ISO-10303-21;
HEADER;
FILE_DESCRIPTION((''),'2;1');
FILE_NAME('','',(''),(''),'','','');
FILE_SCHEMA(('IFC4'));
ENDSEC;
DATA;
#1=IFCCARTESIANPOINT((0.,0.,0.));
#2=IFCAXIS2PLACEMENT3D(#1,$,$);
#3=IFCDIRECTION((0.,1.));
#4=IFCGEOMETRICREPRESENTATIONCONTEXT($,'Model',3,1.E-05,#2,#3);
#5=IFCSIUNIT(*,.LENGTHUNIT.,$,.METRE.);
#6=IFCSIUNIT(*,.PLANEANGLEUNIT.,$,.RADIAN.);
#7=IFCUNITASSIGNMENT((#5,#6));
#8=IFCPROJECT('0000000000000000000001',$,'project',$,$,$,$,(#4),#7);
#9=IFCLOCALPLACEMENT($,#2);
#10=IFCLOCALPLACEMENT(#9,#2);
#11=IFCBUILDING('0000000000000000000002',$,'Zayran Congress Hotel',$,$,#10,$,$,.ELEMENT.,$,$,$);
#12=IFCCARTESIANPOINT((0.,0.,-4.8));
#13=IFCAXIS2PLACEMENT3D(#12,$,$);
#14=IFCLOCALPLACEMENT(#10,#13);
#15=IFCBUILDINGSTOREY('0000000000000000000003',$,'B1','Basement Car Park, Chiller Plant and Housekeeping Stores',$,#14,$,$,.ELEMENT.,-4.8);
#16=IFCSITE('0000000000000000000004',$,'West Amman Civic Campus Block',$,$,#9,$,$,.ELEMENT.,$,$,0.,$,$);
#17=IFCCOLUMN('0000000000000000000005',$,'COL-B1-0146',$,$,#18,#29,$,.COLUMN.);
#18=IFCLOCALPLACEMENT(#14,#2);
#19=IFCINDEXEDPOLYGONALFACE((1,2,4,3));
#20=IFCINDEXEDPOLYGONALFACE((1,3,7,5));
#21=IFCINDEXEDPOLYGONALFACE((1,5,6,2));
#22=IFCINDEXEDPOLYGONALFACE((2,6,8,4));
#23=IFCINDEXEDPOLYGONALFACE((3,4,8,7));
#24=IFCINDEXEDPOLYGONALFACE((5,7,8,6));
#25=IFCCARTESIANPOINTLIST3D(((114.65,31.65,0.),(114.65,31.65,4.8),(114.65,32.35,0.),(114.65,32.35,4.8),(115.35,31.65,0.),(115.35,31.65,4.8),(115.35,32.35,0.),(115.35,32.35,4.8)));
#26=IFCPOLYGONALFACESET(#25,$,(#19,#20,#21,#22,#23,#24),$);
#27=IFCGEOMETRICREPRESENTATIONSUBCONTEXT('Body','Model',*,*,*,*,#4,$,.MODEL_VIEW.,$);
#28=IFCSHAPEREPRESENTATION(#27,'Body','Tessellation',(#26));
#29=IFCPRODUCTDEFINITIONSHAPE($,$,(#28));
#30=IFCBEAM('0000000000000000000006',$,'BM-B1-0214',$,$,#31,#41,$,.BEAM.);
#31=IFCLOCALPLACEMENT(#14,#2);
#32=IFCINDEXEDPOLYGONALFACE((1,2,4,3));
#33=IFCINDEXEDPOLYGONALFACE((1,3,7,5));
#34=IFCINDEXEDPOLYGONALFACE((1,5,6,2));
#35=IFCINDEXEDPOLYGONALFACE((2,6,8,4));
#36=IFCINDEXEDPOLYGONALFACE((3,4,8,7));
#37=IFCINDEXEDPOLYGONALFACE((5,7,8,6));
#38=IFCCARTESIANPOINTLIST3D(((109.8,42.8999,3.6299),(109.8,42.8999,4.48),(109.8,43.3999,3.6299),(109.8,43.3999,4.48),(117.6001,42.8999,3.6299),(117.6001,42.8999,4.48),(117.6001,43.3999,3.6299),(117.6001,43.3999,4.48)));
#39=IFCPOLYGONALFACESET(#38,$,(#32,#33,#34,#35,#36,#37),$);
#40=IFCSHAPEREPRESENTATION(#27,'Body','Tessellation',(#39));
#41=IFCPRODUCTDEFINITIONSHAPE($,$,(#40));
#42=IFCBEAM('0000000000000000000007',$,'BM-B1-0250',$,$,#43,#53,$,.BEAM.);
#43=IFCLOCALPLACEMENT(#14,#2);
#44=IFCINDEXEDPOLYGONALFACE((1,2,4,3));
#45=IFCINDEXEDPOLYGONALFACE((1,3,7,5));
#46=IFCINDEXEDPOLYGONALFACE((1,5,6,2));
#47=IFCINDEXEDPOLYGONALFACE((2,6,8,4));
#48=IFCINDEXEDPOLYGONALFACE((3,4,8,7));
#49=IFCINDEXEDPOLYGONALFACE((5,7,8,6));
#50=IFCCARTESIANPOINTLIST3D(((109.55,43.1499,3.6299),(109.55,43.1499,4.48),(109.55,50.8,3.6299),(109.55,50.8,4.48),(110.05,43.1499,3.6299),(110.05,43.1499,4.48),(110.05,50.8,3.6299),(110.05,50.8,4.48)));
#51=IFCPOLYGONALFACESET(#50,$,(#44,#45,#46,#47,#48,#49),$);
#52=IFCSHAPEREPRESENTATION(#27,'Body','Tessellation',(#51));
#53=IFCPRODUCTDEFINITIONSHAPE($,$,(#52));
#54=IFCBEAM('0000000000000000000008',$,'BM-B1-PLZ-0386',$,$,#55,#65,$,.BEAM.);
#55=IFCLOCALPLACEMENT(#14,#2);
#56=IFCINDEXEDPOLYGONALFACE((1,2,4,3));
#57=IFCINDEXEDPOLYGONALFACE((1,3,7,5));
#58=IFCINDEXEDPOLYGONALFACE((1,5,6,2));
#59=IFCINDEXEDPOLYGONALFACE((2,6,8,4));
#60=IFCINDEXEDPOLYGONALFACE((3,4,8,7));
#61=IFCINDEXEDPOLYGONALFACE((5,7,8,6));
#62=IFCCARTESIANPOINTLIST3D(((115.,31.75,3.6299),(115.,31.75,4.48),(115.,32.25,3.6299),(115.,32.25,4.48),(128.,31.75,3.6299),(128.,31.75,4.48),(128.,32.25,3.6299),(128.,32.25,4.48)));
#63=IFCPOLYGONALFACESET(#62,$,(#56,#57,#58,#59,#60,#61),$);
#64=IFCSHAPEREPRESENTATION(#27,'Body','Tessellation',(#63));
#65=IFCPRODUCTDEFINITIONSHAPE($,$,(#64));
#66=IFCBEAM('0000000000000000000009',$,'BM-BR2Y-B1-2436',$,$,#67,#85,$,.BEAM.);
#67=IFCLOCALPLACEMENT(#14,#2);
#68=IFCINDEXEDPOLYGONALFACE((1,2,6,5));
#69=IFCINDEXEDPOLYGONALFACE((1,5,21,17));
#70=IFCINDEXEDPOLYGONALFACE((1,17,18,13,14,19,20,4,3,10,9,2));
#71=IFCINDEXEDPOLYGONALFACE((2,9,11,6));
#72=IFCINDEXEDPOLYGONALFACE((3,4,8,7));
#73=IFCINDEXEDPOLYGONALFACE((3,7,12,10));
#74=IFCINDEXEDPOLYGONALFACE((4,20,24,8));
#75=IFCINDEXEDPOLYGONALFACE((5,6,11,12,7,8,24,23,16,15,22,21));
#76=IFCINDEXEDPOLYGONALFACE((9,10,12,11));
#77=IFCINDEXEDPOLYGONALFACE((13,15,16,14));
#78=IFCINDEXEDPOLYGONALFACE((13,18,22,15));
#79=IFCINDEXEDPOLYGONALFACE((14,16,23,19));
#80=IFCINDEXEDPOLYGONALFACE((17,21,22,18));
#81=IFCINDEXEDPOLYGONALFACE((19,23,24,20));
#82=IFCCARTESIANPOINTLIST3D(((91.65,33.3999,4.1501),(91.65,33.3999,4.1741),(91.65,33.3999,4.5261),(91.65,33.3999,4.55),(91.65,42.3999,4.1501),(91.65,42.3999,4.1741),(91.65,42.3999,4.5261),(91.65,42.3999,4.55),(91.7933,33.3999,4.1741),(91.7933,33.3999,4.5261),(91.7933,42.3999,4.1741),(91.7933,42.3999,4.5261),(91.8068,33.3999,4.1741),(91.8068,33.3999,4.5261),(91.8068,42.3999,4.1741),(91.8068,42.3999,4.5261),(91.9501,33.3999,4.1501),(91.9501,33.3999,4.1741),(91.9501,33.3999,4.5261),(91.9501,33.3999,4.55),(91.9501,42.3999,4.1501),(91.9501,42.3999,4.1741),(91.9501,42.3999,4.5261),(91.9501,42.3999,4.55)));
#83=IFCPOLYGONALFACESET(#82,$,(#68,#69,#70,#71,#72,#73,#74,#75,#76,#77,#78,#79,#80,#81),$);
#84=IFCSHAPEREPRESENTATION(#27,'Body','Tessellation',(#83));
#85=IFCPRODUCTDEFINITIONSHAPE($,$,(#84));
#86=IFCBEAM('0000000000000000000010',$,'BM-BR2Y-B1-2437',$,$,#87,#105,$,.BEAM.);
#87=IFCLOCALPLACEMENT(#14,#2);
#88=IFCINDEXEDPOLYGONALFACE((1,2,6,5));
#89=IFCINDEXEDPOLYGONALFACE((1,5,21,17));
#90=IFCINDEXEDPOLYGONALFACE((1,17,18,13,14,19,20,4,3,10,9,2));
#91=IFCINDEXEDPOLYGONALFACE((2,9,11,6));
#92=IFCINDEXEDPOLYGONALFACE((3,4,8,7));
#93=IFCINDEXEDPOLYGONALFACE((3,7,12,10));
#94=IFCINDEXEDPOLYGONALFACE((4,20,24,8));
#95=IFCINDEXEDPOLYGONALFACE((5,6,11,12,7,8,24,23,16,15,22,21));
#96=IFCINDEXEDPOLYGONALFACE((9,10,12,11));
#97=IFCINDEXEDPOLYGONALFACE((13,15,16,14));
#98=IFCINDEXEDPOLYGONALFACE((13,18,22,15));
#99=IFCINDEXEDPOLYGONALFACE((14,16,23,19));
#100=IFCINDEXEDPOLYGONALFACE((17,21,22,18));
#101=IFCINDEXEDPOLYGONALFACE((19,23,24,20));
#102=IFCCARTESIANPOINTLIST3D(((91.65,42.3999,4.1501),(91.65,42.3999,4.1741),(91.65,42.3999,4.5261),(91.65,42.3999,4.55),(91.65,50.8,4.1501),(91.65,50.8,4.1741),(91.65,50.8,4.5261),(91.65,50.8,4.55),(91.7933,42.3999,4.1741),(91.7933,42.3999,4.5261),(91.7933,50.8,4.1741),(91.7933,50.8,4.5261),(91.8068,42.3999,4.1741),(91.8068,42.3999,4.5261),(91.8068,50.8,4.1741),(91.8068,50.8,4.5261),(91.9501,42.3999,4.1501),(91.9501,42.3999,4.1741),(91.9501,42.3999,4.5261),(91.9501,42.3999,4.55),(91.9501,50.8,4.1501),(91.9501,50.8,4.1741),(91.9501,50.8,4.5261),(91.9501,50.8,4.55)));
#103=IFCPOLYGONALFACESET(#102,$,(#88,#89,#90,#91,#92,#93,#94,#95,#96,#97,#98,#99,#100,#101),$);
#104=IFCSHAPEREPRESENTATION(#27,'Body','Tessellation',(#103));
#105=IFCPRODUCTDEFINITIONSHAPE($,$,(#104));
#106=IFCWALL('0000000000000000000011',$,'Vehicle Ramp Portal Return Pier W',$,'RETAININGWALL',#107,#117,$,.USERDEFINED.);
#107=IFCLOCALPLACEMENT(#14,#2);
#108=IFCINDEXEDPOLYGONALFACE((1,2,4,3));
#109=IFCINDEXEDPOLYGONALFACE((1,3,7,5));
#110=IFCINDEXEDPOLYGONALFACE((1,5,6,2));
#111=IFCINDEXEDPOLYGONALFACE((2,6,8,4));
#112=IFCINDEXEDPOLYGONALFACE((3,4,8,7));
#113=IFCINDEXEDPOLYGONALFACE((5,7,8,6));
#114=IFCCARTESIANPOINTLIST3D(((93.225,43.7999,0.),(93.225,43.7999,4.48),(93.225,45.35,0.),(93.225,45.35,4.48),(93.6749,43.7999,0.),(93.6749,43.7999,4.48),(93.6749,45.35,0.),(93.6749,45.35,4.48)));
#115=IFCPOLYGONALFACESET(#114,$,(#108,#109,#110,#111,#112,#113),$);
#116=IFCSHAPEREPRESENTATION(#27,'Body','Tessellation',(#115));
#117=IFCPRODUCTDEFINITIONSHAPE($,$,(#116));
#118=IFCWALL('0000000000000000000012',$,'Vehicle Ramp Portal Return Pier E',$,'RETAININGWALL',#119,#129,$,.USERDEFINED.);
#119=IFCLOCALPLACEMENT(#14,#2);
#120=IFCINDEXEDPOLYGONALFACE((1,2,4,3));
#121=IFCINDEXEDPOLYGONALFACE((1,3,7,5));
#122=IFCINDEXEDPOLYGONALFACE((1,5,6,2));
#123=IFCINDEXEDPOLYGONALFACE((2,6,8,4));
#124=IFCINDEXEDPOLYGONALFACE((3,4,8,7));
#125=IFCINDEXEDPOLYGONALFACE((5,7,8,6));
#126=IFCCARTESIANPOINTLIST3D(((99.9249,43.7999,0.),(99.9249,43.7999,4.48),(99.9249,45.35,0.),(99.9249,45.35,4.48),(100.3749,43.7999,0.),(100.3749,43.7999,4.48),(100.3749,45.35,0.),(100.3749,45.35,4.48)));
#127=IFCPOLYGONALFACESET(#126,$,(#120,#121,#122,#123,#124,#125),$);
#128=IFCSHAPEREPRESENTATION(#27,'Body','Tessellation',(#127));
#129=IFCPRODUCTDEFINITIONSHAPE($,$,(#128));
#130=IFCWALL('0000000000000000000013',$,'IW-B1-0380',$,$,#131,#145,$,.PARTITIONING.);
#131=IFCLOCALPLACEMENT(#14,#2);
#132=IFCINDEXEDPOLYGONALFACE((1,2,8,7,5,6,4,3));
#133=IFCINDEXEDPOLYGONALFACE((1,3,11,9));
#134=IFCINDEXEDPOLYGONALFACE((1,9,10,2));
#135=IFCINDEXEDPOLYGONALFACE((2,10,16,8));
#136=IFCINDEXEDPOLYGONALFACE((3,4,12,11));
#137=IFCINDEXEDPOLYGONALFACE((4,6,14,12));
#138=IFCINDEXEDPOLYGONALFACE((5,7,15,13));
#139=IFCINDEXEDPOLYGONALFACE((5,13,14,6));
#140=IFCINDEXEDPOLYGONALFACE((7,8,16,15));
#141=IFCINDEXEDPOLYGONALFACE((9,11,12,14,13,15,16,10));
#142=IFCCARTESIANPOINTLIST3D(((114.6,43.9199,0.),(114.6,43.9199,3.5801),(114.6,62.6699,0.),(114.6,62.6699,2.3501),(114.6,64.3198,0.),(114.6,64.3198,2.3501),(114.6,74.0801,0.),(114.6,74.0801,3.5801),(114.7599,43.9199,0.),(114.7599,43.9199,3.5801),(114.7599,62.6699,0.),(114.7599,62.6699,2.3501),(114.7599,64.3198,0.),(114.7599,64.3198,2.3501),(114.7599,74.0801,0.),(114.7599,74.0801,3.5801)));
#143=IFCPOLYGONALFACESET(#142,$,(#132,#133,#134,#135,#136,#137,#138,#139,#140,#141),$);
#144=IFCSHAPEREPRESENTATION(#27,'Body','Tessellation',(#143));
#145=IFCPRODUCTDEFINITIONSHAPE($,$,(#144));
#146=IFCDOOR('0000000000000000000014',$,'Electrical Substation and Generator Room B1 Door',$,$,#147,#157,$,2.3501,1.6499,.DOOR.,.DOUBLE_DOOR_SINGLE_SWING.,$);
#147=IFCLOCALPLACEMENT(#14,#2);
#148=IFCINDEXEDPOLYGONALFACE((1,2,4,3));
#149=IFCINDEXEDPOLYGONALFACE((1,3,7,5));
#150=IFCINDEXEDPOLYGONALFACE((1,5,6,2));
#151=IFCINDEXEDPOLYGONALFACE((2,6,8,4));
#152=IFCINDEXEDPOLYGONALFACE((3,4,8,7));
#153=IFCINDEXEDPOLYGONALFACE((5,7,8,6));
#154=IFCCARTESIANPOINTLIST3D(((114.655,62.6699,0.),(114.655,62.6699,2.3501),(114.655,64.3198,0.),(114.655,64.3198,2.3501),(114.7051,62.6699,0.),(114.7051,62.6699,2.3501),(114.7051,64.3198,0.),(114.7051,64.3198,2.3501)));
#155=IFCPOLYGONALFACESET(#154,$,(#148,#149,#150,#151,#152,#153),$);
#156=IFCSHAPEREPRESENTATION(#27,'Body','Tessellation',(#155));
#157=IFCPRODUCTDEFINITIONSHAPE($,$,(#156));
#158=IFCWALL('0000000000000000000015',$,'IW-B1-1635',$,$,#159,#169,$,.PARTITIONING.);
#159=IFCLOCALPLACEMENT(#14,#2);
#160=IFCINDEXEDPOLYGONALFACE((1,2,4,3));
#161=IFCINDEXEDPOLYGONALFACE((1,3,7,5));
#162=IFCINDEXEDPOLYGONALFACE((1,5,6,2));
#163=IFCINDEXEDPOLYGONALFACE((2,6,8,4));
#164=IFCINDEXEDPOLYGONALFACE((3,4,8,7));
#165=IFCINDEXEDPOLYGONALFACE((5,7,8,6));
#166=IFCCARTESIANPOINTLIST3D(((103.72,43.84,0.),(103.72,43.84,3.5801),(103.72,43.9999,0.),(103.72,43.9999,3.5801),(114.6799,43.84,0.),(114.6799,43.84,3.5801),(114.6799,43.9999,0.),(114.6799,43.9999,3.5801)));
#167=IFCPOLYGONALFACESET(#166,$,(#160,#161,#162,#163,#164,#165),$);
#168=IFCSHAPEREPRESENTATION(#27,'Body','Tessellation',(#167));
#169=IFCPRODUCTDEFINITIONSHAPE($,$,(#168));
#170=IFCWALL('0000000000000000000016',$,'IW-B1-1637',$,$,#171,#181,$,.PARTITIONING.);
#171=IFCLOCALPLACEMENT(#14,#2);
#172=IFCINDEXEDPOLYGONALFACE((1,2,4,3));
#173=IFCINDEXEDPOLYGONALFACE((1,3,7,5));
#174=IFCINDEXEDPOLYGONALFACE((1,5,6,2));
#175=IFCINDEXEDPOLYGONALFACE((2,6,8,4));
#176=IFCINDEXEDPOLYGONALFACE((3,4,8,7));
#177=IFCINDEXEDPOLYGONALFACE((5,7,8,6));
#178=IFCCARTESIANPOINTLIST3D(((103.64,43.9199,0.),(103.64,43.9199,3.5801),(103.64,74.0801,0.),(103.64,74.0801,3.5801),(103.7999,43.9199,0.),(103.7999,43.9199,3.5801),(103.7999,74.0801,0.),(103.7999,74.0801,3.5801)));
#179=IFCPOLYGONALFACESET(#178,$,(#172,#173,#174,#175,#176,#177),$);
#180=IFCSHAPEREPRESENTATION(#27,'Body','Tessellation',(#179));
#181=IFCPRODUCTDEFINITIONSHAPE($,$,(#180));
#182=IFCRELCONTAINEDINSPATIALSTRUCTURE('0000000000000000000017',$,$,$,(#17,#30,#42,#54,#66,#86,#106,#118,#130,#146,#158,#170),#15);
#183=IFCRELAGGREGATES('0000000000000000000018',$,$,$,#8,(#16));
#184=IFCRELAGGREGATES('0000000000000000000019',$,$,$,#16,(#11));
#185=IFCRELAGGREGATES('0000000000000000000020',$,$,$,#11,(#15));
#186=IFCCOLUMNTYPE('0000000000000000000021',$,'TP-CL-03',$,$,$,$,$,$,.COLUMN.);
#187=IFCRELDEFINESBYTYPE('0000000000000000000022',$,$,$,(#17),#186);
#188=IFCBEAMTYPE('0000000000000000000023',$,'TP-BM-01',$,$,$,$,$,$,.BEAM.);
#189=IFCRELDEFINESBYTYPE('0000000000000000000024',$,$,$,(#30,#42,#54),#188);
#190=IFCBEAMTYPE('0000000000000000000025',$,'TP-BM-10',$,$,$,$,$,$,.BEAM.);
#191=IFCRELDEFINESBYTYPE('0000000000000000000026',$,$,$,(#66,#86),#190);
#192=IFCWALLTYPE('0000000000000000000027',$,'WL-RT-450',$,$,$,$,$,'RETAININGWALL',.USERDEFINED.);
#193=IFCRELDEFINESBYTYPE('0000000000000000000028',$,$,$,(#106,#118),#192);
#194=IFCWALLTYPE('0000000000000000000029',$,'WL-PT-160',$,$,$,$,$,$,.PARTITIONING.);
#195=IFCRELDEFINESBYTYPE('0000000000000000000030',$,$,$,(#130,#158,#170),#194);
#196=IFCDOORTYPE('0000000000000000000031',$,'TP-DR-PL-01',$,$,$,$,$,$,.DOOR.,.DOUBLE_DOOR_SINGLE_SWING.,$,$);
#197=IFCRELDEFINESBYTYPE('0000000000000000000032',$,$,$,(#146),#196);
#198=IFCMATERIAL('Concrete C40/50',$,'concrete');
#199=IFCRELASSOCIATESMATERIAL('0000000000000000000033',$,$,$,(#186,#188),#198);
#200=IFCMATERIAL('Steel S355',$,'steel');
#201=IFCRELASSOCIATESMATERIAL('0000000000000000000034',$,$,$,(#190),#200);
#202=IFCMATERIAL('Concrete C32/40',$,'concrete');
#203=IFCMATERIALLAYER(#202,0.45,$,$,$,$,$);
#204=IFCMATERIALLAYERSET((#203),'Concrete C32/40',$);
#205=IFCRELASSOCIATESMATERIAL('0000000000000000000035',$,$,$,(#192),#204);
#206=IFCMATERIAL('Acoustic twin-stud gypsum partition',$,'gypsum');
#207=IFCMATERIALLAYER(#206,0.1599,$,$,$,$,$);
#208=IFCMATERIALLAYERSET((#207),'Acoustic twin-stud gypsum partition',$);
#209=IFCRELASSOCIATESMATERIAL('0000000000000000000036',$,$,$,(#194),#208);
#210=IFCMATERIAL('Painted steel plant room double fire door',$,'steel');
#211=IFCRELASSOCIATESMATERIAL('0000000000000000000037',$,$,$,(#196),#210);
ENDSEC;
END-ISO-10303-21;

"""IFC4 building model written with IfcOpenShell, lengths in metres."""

from ifc_helpers import new_model, si_unit, direction, frame, frame_2d, origin, origin_2d, place, context, subcontext, project, spatial, rectangle, i_section, extrude, material, layer, layer_set, material_profile, profile_set, type_object, element, fill, save


model = new_model("IFC4")

# Units and contexts
model_context = context("Model", 3, precision=1e-05, world=origin(), true_north=direction((0.0, 1.0)))
body_context = subcontext(model_context, "Body", "Model", "MODEL_VIEW")
ifc_project = project(units=[si_unit("LENGTHUNIT", "METRE"), si_unit("PLANEANGLEUNIT", "RADIAN")], contexts=[model_context])

# Site, building, storey
site_placement = place(None, origin())
site = spatial("IfcSite", under=ifc_project, at=site_placement, Name="West Amman Civic Campus Block", CompositionType="ELEMENT", RefElevation=0.0)
building_placement = place(site_placement, origin())
building = spatial("IfcBuilding", under=site, at=building_placement, Name="Zayran Congress Hotel", CompositionType="ELEMENT")
storey_placement = place(building_placement, frame((0.0, 0.0, -4.8)))
storey = spatial("IfcBuildingStorey", under=building, at=storey_placement, Name="B1", Description="Basement Car Park, Chiller Plant and Housekeeping Stores", CompositionType="ELEMENT", Elevation=-4.8)

# Shared definitions
ifc_material_1 = material(Name="Concrete C40/50", Category="concrete")

# Column
ifc_material_profile_1 = material_profile(ifc_material_1, rectangle(XDim=0.7, YDim=0.7, at=origin_2d()), Name="RC 700x700")
ifc_profile_set_1 = profile_set([ifc_material_profile_1], Name="Concrete C40/50")
column_type_1 = type_object("IfcColumnType", Name="TP-CL-03", PredefinedType="COLUMN", material=ifc_profile_set_1)
for number, where, z_axis, x_axis, name in (
    (1, (115.0, 32.0, 0.0), (0.0, 0.0, 1.0), (1.0, 0.0, 0.0), "COL-B1-0146"),
):
    element("IfcColumn", number, at=place(storey_placement, frame(where, z_axis=z_axis, x_axis=x_axis)), inside=storey, type_object=column_type_1, Name=name, PredefinedType="COLUMN", context=body_context, shape_type="SweptSolid", body=[
        extrude(rectangle(XDim=0.7, YDim=0.7, at=origin_2d()), origin(), (0.0, 0.0, 1.0), 4.8),
    ])

# Beams
ifc_material_profile_2 = material_profile(ifc_material_1, rectangle(XDim=0.5, YDim=0.8501, at=origin_2d()), Name="RC 500x850")
ifc_profile_set_2 = profile_set([ifc_material_profile_2], Name="Concrete C40/50")
beam_type_1 = type_object("IfcBeamType", Name="TP-BM-01", PredefinedType="BEAM", material=ifc_profile_set_2)
beam_1_placement = place(storey_placement, frame((109.8, 43.1499, 4.0549), z_axis=(1.0, 0.0, 0.0), x_axis=(0.0, 1.0, 0.0)))
element("IfcBeam", 2, at=beam_1_placement, inside=storey, type_object=beam_type_1, Name="BM-B1-0214", PredefinedType="BEAM", context=body_context, shape_type="SweptSolid", body=[
    extrude(rectangle(XDim=0.5, YDim=0.8501, at=origin_2d()), origin(), (0.0, 0.0, 1.0), 7.8),
])
beam_2_placement = place(storey_placement, frame((109.8, 43.1499, 4.0549), z_axis=(0.0, 1.0, 0.0), x_axis=(-1.0, 0.0, 0.0)))
element("IfcBeam", 3, at=beam_2_placement, inside=storey, type_object=beam_type_1, Name="BM-B1-0250", PredefinedType="BEAM", context=body_context, shape_type="SweptSolid", body=[
    extrude(rectangle(XDim=0.5, YDim=0.8501, at=origin_2d()), origin(), (0.0, 0.0, 1.0), 7.6501),
])
beam_3_placement = place(storey_placement, frame((115.0, 32.0, 4.0549), z_axis=(1.0, 0.0, 0.0), x_axis=(0.0, 1.0, 0.0)))
element("IfcBeam", 4, at=beam_3_placement, inside=storey, type_object=beam_type_1, Name="BM-B1-PLZ-0386", PredefinedType="BEAM", context=body_context, shape_type="SweptSolid", body=[
    extrude(rectangle(XDim=0.5, YDim=0.8501, at=origin_2d()), origin(), (0.0, 0.0, 1.0), 13.0),
])
ifc_material_2 = material(Name="Steel S355", Category="steel")
ifc_material_profile_3 = material_profile(ifc_material_2, i_section(OverallWidth=0.3, OverallDepth=0.3999, WebThickness=0.0134, FlangeThickness=0.0239, at=origin_2d()), Name="HEB 400")
ifc_profile_set_3 = profile_set([ifc_material_profile_3], Name="Steel S355")
beam_type_2 = type_object("IfcBeamType", Name="TP-BM-10", PredefinedType="BEAM", material=ifc_profile_set_3)
beam_4_placement = place(storey_placement, frame((91.8, 33.3999, 4.3501), z_axis=(0.0, 1.0, 0.0), x_axis=(-1.0, 0.0, 0.0)))
element("IfcBeam", 5, at=beam_4_placement, inside=storey, type_object=beam_type_2, Name="BM-BR2Y-B1-2436", PredefinedType="BEAM", context=body_context, shape_type="SweptSolid", body=[
    extrude(i_section(OverallWidth=0.3, OverallDepth=0.3999, WebThickness=0.0134, FlangeThickness=0.0239, at=origin_2d()), origin(), (0.0, 0.0, 1.0), 9.0),
])
beam_5_placement = place(storey_placement, frame((91.8, 42.3999, 4.3501), z_axis=(0.0, 1.0, 0.0), x_axis=(-1.0, 0.0, 0.0)))
element("IfcBeam", 6, at=beam_5_placement, inside=storey, type_object=beam_type_2, Name="BM-BR2Y-B1-2437", PredefinedType="BEAM", context=body_context, shape_type="SweptSolid", body=[
    extrude(i_section(OverallWidth=0.3, OverallDepth=0.3999, WebThickness=0.0134, FlangeThickness=0.0239, at=origin_2d()), origin(), (0.0, 0.0, 1.0), 8.4001),
])

# Walls
ifc_material_3 = material(Name="Concrete C32/40", Category="concrete")
ifc_layer_1 = layer(ifc_material_3, 0.45)
ifc_layer_set_1 = layer_set([ifc_layer_1], Name="Concrete C32/40")
wall_type_1 = type_object("IfcWallType", Name="WL-RT-450", ElementType="RETAININGWALL", PredefinedType="USERDEFINED", material=ifc_layer_set_1)
for number, where, z_axis, x_axis, name in (
    (7, (93.45, 43.8, 0.0), (0.0, 0.0, 1.0), (0.0, 1.0, 0.0), "Vehicle Ramp Portal Return Pier W"),
    (8, (100.1499, 43.8, 0.0), (0.0, 0.0, 1.0), (0.0, 1.0, 0.0), "Vehicle Ramp Portal Return Pier E"),
):
    element("IfcWall", number, at=place(storey_placement, frame(where, z_axis=z_axis, x_axis=x_axis)), inside=storey, type_object=wall_type_1, Name=name, ObjectType="RETAININGWALL", PredefinedType="USERDEFINED", context=body_context, shape_type="SweptSolid", body=[
        extrude(rectangle(XDim=1.55, YDim=0.45, at=frame_2d((0.7749, 0.0))), origin(), (0.0, 0.0, 1.0), 4.48),
    ])

# Wall, opening, door
ifc_material_4 = material(Name="Acoustic twin-stud gypsum partition", Category="gypsum")
ifc_layer_2 = layer(ifc_material_4, 0.1599)
ifc_layer_set_2 = layer_set([ifc_layer_2], Name="Acoustic twin-stud gypsum partition")
wall_type_2 = type_object("IfcWallType", Name="WL-PT-160", PredefinedType="PARTITIONING", material=ifc_layer_set_2)
wall_1_placement = place(storey_placement, frame((114.6799, 43.9199, 0.0), z_axis=(0.0, 0.0, 1.0), x_axis=(0.0, 1.0, 0.0)))
wall_1 = element("IfcWall", 9, at=wall_1_placement, inside=storey, type_object=wall_type_2, Name="IW-B1-0380", PredefinedType="PARTITIONING", context=body_context, shape_type="SweptSolid", body=[
    extrude(rectangle(XDim=30.1602, YDim=0.1599, at=frame_2d((15.0801, 0.0))), origin(), (0.0, 0.0, 1.0), 3.5801),
])
opening_1_placement = place(wall_1_placement, frame((18.75, 0.0, 0.0)))
opening_1 = element("IfcOpeningElement", 10, at=opening_1_placement, cuts=wall_1, PredefinedType="OPENING", context=body_context, shape_type="SweptSolid", body=[
    extrude(rectangle(XDim=1.6499, YDim=2.3501, at=frame_2d((0.825, 1.175))), frame((0.0, 0.0898, 0.0), z_axis=(0.0, -1.0, 0.0), x_axis=(1.0, 0.0, 0.0)), (0.0, 0.0, 1.0), 0.1799),
])
ifc_material_5 = material(Name="Painted steel plant room double fire door", Category="steel")
door_type_1 = type_object("IfcDoorType", Name="TP-DR-PL-01", OperationType="DOUBLE_DOOR_SINGLE_SWING", PredefinedType="DOOR", material=ifc_material_5)
door_1_placement = place(opening_1_placement, origin())
door_1 = element("IfcDoor", 11, at=door_1_placement, inside=storey, type_object=door_type_1, Name="Electrical Substation and Generator Room B1 Door", OperationType="DOUBLE_DOOR_SINGLE_SWING", OverallHeight=2.3501, OverallWidth=1.6499, PredefinedType="DOOR", context=body_context, shape_type="SweptSolid", body=[
    extrude(rectangle(XDim=1.6499, YDim=2.3501, at=frame_2d((0.825, 1.175))), frame((0.0, 0.0249, 0.0), z_axis=(0.0, -1.0, 0.0), x_axis=(1.0, 0.0, 0.0)), (0.0, 0.0, 1.0), 0.05),
])
fill(opening_1, door_1)

# Walls
wall_2_placement = place(storey_placement, frame((103.72, 43.9199, 0.0), z_axis=(0.0, 0.0, 1.0), x_axis=(1.0, 0.0, 0.0)))
element("IfcWall", 12, at=wall_2_placement, inside=storey, type_object=wall_type_2, Name="IW-B1-1635", PredefinedType="PARTITIONING", context=body_context, shape_type="SweptSolid", body=[
    extrude(rectangle(XDim=10.96, YDim=0.1599, at=frame_2d((5.48, 0.0))), origin(), (0.0, 0.0, 1.0), 3.5801),
])
wall_3_placement = place(storey_placement, frame((103.72, 43.9199, 0.0), z_axis=(0.0, 0.0, 1.0), x_axis=(0.0, 1.0, 0.0)))
element("IfcWall", 13, at=wall_3_placement, inside=storey, type_object=wall_type_2, Name="IW-B1-1637", PredefinedType="PARTITIONING", context=body_context, shape_type="SweptSolid", body=[
    extrude(rectangle(XDim=30.1602, YDim=0.1599, at=frame_2d((15.0801, 0.0))), origin(), (0.0, 0.0, 1.0), 3.5801),
])

save(model, "model.ifc")
